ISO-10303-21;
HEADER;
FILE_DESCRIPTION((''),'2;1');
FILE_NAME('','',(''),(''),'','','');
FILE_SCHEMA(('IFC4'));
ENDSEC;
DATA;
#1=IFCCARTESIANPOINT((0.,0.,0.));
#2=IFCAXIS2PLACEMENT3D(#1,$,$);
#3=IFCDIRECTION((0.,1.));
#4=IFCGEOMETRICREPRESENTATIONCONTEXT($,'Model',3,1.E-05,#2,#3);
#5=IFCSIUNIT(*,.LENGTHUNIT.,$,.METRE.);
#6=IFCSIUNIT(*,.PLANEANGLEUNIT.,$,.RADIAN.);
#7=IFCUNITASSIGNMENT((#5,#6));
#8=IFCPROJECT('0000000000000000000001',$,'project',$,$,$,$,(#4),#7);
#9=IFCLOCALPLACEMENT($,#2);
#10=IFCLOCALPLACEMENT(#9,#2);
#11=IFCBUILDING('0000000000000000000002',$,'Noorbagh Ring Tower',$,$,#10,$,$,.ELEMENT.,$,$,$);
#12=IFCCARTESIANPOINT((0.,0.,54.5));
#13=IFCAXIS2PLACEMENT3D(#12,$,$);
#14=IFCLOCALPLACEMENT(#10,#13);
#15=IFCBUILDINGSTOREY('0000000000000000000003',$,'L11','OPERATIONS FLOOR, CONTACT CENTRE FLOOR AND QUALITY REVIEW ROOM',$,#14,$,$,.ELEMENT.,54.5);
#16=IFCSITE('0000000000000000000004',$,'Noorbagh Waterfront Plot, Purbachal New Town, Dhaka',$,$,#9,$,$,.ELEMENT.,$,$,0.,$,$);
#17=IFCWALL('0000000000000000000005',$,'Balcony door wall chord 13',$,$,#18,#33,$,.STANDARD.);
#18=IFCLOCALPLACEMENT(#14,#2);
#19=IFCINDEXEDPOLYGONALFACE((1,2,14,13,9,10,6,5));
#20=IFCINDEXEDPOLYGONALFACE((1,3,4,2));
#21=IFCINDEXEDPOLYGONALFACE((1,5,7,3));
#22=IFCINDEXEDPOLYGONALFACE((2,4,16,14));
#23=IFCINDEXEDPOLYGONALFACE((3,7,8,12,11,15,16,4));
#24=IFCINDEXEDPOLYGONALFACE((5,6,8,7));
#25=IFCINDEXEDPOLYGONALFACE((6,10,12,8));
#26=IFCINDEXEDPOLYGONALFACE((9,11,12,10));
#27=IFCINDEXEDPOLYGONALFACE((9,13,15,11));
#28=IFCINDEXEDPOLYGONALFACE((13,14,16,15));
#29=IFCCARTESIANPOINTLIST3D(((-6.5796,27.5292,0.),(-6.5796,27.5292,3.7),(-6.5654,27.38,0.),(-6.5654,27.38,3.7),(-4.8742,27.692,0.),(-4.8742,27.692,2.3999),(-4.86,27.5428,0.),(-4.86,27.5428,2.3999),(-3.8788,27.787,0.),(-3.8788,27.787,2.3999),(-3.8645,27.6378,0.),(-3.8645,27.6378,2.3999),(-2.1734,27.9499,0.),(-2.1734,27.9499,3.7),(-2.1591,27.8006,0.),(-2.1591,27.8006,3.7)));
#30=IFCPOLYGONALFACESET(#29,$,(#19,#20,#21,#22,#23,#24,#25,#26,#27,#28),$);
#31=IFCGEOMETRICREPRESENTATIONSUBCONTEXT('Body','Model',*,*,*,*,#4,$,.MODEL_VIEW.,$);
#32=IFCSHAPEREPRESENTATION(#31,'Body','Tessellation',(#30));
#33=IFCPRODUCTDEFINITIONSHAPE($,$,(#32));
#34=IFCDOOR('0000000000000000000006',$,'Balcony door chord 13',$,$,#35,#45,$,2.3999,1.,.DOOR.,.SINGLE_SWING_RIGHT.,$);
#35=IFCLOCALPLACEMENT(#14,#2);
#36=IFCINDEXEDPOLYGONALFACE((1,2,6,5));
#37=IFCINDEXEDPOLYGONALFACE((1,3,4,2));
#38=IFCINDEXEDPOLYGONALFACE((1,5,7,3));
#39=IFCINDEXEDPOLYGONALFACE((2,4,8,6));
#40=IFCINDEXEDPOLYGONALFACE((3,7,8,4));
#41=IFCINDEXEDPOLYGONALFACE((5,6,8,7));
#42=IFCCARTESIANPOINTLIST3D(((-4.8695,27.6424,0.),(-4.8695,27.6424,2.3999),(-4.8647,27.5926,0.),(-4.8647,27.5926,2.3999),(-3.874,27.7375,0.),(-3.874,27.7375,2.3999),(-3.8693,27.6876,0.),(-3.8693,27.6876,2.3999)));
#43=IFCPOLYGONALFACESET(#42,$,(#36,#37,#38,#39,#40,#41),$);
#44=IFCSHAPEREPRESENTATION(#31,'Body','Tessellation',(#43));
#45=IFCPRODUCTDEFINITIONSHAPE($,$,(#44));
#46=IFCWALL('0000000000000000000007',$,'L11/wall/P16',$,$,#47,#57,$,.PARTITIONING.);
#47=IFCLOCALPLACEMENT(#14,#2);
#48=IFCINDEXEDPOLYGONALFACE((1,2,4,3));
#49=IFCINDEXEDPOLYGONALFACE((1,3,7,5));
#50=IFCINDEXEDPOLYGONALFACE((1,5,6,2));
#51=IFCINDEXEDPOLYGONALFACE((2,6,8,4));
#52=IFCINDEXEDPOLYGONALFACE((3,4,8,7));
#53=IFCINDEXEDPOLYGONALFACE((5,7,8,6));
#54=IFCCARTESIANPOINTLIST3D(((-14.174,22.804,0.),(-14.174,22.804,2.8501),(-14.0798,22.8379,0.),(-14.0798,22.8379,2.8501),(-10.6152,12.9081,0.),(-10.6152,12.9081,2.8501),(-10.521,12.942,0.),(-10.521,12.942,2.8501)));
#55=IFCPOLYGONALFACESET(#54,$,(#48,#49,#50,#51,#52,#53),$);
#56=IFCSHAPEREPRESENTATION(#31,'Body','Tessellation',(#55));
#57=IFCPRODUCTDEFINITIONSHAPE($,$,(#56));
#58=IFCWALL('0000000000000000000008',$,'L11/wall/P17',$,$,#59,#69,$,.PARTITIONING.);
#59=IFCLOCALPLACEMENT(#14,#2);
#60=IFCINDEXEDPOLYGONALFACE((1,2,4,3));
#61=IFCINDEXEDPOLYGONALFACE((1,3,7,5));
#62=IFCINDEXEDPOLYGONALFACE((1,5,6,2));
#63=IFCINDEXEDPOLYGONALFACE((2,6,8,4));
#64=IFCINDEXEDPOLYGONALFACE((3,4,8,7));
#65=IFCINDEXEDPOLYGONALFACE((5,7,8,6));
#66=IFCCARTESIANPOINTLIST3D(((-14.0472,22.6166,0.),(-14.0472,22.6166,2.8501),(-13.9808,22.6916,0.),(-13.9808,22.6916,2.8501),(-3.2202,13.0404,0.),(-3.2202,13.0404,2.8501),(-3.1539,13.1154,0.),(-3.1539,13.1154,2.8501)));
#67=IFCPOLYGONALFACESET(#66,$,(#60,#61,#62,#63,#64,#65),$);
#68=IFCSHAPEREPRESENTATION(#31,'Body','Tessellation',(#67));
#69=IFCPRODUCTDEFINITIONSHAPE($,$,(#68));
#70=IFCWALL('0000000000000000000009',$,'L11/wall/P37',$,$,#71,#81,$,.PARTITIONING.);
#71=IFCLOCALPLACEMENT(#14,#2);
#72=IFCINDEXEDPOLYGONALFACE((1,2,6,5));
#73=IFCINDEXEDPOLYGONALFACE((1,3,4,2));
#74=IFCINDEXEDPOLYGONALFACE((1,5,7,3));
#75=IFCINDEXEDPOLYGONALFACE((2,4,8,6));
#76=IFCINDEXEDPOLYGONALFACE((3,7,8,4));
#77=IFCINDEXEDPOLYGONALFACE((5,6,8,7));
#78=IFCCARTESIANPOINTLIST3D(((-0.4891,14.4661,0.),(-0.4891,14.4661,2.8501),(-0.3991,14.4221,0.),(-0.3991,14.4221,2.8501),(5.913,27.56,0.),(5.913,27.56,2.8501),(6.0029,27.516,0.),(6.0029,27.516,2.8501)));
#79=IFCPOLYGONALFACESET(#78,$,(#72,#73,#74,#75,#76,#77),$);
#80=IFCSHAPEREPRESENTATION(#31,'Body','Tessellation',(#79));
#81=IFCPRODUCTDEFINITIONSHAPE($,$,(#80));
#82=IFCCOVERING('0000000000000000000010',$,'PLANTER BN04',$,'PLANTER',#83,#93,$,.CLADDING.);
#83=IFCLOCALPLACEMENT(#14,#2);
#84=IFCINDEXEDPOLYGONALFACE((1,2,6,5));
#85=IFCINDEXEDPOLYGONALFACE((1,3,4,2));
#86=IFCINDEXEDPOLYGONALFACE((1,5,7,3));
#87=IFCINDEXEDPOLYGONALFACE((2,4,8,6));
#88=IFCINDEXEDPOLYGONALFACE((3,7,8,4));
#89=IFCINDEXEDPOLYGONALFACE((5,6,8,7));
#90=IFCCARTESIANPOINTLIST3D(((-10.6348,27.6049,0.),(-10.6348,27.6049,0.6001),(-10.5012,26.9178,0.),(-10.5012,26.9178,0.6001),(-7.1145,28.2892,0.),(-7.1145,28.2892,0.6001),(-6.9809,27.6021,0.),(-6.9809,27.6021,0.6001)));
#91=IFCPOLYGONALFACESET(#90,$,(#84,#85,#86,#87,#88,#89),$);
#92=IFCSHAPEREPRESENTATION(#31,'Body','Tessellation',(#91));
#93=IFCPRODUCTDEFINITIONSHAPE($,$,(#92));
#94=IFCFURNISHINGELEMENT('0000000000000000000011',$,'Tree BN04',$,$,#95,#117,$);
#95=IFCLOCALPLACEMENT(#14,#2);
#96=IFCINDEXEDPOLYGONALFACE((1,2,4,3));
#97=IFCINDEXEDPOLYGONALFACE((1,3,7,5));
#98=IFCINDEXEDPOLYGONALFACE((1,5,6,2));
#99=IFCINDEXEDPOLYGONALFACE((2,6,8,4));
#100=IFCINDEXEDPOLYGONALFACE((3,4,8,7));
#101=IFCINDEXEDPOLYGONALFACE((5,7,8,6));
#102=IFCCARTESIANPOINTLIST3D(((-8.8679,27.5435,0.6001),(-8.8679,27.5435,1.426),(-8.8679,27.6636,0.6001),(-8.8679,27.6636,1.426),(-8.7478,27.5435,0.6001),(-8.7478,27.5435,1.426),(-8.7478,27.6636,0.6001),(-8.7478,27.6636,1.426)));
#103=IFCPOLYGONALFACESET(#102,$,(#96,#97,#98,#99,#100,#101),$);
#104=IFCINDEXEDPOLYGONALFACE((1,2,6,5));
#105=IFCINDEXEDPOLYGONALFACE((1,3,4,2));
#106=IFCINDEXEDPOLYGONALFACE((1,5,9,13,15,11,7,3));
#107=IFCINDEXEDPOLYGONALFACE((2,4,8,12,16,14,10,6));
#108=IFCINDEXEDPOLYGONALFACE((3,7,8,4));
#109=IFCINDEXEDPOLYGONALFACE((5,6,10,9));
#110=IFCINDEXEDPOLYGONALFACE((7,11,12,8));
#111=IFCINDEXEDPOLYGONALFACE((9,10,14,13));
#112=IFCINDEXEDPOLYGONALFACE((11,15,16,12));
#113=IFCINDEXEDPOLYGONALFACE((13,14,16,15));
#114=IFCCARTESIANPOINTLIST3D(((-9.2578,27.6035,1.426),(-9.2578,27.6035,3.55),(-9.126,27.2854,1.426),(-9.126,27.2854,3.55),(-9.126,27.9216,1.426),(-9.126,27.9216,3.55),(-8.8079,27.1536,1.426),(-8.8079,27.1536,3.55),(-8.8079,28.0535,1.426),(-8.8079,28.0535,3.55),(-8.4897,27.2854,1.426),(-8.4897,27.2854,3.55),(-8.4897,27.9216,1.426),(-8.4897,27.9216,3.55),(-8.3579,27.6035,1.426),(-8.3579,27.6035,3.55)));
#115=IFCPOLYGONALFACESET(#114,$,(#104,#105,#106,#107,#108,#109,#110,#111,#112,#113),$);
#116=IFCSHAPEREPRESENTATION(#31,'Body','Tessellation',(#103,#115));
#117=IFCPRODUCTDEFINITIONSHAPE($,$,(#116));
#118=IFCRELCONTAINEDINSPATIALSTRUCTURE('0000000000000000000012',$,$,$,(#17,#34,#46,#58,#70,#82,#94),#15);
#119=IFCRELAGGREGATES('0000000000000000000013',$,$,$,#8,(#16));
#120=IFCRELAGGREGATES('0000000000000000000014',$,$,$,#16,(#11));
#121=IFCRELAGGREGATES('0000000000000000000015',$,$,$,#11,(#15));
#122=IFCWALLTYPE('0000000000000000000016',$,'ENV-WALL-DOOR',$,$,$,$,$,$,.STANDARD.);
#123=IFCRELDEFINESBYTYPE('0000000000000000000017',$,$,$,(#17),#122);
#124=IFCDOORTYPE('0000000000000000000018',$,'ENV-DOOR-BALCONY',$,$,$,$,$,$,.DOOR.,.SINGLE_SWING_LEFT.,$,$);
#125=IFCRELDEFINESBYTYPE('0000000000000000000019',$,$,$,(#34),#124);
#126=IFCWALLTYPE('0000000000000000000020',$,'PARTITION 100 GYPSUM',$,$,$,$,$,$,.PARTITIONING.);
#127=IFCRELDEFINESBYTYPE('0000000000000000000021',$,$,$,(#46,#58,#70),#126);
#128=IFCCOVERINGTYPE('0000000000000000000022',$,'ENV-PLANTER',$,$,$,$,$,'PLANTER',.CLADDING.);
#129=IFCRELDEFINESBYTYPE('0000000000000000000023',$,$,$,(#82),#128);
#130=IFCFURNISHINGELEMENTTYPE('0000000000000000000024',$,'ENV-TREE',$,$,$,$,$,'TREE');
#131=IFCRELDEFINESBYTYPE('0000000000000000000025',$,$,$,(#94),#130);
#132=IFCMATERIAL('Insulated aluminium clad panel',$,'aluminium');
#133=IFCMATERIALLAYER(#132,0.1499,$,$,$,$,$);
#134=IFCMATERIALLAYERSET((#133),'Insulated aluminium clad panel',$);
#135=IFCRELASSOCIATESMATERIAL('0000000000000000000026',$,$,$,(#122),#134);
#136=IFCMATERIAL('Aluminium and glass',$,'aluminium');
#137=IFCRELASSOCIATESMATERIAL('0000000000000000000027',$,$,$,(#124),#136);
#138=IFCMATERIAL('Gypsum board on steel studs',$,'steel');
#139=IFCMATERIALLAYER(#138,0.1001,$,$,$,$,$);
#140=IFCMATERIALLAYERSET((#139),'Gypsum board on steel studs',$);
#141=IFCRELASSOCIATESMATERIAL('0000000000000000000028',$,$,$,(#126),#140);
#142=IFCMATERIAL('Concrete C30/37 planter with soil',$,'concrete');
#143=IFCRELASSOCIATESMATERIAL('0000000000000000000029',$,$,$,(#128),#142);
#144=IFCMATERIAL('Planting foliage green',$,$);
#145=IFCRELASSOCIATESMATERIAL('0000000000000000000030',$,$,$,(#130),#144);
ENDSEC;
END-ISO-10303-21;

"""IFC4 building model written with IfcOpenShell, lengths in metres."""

from ifc_helpers import new_model, si_unit, direction, frame, frame_2d, origin, origin_2d, place, context, subcontext, project, spatial, polyline, rectangle, outline, extrude, material, layer, layer_set, type_object, element, fill, save


model = new_model("IFC4")

# Units and contexts
model_context = context("Model", 3, precision=1e-05, world=origin(), true_north=direction((0.0, 1.0)))
body_context = subcontext(model_context, "Body", "Model", "MODEL_VIEW")
ifc_project = project(units=[si_unit("LENGTHUNIT", "METRE"), si_unit("PLANEANGLEUNIT", "RADIAN")], contexts=[model_context])

# Site, building, storey
site_placement = place(None, origin())
site = spatial("IfcSite", under=ifc_project, at=site_placement, Name="Noorbagh Waterfront Plot, Purbachal New Town, Dhaka", CompositionType="ELEMENT", RefElevation=0.0)
building_placement = place(site_placement, origin())
building = spatial("IfcBuilding", under=site, at=building_placement, Name="Noorbagh Ring Tower", CompositionType="ELEMENT")
storey_placement = place(building_placement, frame((0.0, 0.0, 54.5)))
storey = spatial("IfcBuildingStorey", under=building, at=storey_placement, Name="L11", Description="OPERATIONS FLOOR, CONTACT CENTRE FLOOR AND QUALITY REVIEW ROOM", CompositionType="ELEMENT", Elevation=54.5)

# Wall, opening, door
ifc_material_1 = material(Name="Insulated aluminium clad panel", Category="aluminium")
ifc_layer_1 = layer(ifc_material_1, 0.1499)
ifc_layer_set_1 = layer_set([ifc_layer_1], Name="Insulated aluminium clad panel")
wall_type_1 = type_object("IfcWallType", Name="ENV-WALL-DOOR", PredefinedType="STANDARD", material=ifc_layer_set_1)
wall_1_placement = place(storey_placement, frame((-2.1663, 27.8752, 0.0), z_axis=(0.0, 0.0, 1.0), x_axis=(-0.995474, -0.095036, 0.0)))
wall_1 = element("IfcWall", 1, at=wall_1_placement, inside=storey, type_object=wall_type_1, Name="Balcony door wall chord 13", PredefinedType="STANDARD", context=body_context, shape_type="SweptSolid", body=[
    extrude(rectangle(XDim=4.4263, YDim=0.1499, at=frame_2d((2.2131, 0.0))), origin(), (0.0, 0.0, 1.0), 3.7),
])
opening_placement = place(wall_1_placement, frame((1.7131, 0.0, 0.0)))
opening = element("IfcOpeningElement", 2, at=opening_placement, cuts=wall_1, PredefinedType="OPENING", context=body_context, shape_type="SweptSolid", body=[
    extrude(rectangle(XDim=1.0, YDim=2.3999, at=frame_2d((0.5, 1.2))), frame((0.0, 0.085, 0.0), z_axis=(0.0, -1.0, 0.0), x_axis=(1.0, 0.0, 0.0)), (0.0, 0.0, 1.0), 0.1699),
])
ifc_material_2 = material(Name="Aluminium and glass", Category="aluminium")
door_type = type_object("IfcDoorType", Name="ENV-DOOR-BALCONY", OperationType="SINGLE_SWING_LEFT", PredefinedType="DOOR", material=ifc_material_2)
door_placement = place(opening_placement, origin())
door = element("IfcDoor", 3, at=door_placement, inside=storey, type_object=door_type, Name="Balcony door chord 13", OperationType="SINGLE_SWING_RIGHT", OverallHeight=2.3999, OverallWidth=1.0, PredefinedType="DOOR", context=body_context, shape_type="SweptSolid", body=[
    extrude(rectangle(XDim=1.0, YDim=2.3999, at=frame_2d((0.5, 1.2))), frame((0.0, 0.0249, 0.0), z_axis=(0.0, -1.0, 0.0), x_axis=(1.0, 0.0, 0.0)), (0.0, 0.0, 1.0), 0.05),
])
fill(opening, door)

# Walls
ifc_material_3 = material(Name="Gypsum board on steel studs", Category="steel")
ifc_layer_2 = layer(ifc_material_3, 0.1001)
ifc_layer_set_2 = layer_set([ifc_layer_2], Name="Gypsum board on steel studs")
wall_type_2 = type_object("IfcWallType", Name="PARTITION 100 GYPSUM", PredefinedType="PARTITIONING", material=ifc_layer_set_2)
wall_2_placement = place(storey_placement, frame((-14.127, 22.821, 0.0), z_axis=(0.0, 0.0, 1.0), x_axis=(0.338406, -0.941, 0.0)))
element("IfcWall", 4, at=wall_2_placement, inside=storey, type_object=wall_type_2, Name="L11/wall/P16", PredefinedType="PARTITIONING", context=body_context, shape_type="SweptSolid", body=[
    extrude(rectangle(XDim=10.5164, YDim=0.1001, at=frame_2d((5.2583, 0.0))), origin(), (0.0, 0.0, 1.0), 2.8501),
])
wall_3_placement = place(storey_placement, frame((-14.0139, 22.6541, 0.0), z_axis=(0.0, 0.0, 1.0), x_axis=(0.749047, -0.662517, 0.0)))
element("IfcWall", 5, at=wall_3_placement, inside=storey, type_object=wall_type_2, Name="L11/wall/P17", PredefinedType="PARTITIONING", context=body_context, shape_type="SweptSolid", body=[
    extrude(rectangle(XDim=14.4543, YDim=0.1001, at=frame_2d((7.2271, 0.0))), origin(), (0.0, 0.0, 1.0), 2.8501),
])
wall_4_placement = place(storey_placement, frame((-0.4441, 14.4441, 0.0), z_axis=(0.0, 0.0, 1.0), x_axis=(0.439243, 0.898368, 0.0)))
element("IfcWall", 6, at=wall_4_placement, inside=storey, type_object=wall_type_2, Name="L11/wall/P37", PredefinedType="PARTITIONING", context=body_context, shape_type="SweptSolid", body=[
    extrude(rectangle(XDim=14.5752, YDim=0.1001, at=frame_2d((7.2876, 0.0))), origin(), (0.0, 0.0, 1.0), 2.8501),
])

# Covering
ifc_material_4 = material(Name="Concrete C30/37 planter with soil", Category="concrete")
covering_type = type_object("IfcCoveringType", Name="ENV-PLANTER", ElementType="PLANTER", PredefinedType="CLADDING", material=ifc_material_4)
covering_placement = place(storey_placement, frame((-8.8079, 27.6035, 0.0), z_axis=(0.0, 0.0, 1.0), x_axis=(-0.981625, -0.19082, 0.0)))
element("IfcCovering", 7, at=covering_placement, inside=storey, type_object=covering_type, Name="PLANTER BN04", ObjectType="PLANTER", PredefinedType="CLADDING", context=body_context, shape_type="SweptSolid", body=[
    extrude(rectangle(XDim=3.5862, YDim=0.7, at=origin_2d()), origin(), (0.0, 0.0, 1.0), 0.6001),
])

# Furnishing element
ifc_material_5 = material(Name="Planting foliage green")
furnishing_element_type = type_object("IfcFurnishingElementType", Name="ENV-TREE", ElementType="TREE", material=ifc_material_5)
furnishing_placement = place(storey_placement, frame((-8.8079, 27.6035, 0.6001), z_axis=(0.0, 0.0, 1.0), x_axis=(1.0, 0.0, 0.0)))
element("IfcFurnishingElement", 8, at=furnishing_placement, inside=storey, type_object=furnishing_element_type, Name="Tree BN04", context=body_context, shape_type="SweptSolid", body=[
    extrude(rectangle(XDim=0.1201, YDim=0.1201, at=origin_2d()), origin(), (0.0, 0.0, 1.0), 0.8259),
    extrude(outline(polyline([(0.45, 0.0), (0.3181, 0.3181), (0.0, 0.45), (-0.3181, 0.3181), (-0.45, 0.0), (-0.3181, -0.3181), (0.0, -0.45), (0.3181, -0.3181), (0.45, 0.0)])), frame((0.0, 0.0, 0.8259)), (0.0, 0.0, 1.0), 2.124),
])

save(model, "model.ifc")
